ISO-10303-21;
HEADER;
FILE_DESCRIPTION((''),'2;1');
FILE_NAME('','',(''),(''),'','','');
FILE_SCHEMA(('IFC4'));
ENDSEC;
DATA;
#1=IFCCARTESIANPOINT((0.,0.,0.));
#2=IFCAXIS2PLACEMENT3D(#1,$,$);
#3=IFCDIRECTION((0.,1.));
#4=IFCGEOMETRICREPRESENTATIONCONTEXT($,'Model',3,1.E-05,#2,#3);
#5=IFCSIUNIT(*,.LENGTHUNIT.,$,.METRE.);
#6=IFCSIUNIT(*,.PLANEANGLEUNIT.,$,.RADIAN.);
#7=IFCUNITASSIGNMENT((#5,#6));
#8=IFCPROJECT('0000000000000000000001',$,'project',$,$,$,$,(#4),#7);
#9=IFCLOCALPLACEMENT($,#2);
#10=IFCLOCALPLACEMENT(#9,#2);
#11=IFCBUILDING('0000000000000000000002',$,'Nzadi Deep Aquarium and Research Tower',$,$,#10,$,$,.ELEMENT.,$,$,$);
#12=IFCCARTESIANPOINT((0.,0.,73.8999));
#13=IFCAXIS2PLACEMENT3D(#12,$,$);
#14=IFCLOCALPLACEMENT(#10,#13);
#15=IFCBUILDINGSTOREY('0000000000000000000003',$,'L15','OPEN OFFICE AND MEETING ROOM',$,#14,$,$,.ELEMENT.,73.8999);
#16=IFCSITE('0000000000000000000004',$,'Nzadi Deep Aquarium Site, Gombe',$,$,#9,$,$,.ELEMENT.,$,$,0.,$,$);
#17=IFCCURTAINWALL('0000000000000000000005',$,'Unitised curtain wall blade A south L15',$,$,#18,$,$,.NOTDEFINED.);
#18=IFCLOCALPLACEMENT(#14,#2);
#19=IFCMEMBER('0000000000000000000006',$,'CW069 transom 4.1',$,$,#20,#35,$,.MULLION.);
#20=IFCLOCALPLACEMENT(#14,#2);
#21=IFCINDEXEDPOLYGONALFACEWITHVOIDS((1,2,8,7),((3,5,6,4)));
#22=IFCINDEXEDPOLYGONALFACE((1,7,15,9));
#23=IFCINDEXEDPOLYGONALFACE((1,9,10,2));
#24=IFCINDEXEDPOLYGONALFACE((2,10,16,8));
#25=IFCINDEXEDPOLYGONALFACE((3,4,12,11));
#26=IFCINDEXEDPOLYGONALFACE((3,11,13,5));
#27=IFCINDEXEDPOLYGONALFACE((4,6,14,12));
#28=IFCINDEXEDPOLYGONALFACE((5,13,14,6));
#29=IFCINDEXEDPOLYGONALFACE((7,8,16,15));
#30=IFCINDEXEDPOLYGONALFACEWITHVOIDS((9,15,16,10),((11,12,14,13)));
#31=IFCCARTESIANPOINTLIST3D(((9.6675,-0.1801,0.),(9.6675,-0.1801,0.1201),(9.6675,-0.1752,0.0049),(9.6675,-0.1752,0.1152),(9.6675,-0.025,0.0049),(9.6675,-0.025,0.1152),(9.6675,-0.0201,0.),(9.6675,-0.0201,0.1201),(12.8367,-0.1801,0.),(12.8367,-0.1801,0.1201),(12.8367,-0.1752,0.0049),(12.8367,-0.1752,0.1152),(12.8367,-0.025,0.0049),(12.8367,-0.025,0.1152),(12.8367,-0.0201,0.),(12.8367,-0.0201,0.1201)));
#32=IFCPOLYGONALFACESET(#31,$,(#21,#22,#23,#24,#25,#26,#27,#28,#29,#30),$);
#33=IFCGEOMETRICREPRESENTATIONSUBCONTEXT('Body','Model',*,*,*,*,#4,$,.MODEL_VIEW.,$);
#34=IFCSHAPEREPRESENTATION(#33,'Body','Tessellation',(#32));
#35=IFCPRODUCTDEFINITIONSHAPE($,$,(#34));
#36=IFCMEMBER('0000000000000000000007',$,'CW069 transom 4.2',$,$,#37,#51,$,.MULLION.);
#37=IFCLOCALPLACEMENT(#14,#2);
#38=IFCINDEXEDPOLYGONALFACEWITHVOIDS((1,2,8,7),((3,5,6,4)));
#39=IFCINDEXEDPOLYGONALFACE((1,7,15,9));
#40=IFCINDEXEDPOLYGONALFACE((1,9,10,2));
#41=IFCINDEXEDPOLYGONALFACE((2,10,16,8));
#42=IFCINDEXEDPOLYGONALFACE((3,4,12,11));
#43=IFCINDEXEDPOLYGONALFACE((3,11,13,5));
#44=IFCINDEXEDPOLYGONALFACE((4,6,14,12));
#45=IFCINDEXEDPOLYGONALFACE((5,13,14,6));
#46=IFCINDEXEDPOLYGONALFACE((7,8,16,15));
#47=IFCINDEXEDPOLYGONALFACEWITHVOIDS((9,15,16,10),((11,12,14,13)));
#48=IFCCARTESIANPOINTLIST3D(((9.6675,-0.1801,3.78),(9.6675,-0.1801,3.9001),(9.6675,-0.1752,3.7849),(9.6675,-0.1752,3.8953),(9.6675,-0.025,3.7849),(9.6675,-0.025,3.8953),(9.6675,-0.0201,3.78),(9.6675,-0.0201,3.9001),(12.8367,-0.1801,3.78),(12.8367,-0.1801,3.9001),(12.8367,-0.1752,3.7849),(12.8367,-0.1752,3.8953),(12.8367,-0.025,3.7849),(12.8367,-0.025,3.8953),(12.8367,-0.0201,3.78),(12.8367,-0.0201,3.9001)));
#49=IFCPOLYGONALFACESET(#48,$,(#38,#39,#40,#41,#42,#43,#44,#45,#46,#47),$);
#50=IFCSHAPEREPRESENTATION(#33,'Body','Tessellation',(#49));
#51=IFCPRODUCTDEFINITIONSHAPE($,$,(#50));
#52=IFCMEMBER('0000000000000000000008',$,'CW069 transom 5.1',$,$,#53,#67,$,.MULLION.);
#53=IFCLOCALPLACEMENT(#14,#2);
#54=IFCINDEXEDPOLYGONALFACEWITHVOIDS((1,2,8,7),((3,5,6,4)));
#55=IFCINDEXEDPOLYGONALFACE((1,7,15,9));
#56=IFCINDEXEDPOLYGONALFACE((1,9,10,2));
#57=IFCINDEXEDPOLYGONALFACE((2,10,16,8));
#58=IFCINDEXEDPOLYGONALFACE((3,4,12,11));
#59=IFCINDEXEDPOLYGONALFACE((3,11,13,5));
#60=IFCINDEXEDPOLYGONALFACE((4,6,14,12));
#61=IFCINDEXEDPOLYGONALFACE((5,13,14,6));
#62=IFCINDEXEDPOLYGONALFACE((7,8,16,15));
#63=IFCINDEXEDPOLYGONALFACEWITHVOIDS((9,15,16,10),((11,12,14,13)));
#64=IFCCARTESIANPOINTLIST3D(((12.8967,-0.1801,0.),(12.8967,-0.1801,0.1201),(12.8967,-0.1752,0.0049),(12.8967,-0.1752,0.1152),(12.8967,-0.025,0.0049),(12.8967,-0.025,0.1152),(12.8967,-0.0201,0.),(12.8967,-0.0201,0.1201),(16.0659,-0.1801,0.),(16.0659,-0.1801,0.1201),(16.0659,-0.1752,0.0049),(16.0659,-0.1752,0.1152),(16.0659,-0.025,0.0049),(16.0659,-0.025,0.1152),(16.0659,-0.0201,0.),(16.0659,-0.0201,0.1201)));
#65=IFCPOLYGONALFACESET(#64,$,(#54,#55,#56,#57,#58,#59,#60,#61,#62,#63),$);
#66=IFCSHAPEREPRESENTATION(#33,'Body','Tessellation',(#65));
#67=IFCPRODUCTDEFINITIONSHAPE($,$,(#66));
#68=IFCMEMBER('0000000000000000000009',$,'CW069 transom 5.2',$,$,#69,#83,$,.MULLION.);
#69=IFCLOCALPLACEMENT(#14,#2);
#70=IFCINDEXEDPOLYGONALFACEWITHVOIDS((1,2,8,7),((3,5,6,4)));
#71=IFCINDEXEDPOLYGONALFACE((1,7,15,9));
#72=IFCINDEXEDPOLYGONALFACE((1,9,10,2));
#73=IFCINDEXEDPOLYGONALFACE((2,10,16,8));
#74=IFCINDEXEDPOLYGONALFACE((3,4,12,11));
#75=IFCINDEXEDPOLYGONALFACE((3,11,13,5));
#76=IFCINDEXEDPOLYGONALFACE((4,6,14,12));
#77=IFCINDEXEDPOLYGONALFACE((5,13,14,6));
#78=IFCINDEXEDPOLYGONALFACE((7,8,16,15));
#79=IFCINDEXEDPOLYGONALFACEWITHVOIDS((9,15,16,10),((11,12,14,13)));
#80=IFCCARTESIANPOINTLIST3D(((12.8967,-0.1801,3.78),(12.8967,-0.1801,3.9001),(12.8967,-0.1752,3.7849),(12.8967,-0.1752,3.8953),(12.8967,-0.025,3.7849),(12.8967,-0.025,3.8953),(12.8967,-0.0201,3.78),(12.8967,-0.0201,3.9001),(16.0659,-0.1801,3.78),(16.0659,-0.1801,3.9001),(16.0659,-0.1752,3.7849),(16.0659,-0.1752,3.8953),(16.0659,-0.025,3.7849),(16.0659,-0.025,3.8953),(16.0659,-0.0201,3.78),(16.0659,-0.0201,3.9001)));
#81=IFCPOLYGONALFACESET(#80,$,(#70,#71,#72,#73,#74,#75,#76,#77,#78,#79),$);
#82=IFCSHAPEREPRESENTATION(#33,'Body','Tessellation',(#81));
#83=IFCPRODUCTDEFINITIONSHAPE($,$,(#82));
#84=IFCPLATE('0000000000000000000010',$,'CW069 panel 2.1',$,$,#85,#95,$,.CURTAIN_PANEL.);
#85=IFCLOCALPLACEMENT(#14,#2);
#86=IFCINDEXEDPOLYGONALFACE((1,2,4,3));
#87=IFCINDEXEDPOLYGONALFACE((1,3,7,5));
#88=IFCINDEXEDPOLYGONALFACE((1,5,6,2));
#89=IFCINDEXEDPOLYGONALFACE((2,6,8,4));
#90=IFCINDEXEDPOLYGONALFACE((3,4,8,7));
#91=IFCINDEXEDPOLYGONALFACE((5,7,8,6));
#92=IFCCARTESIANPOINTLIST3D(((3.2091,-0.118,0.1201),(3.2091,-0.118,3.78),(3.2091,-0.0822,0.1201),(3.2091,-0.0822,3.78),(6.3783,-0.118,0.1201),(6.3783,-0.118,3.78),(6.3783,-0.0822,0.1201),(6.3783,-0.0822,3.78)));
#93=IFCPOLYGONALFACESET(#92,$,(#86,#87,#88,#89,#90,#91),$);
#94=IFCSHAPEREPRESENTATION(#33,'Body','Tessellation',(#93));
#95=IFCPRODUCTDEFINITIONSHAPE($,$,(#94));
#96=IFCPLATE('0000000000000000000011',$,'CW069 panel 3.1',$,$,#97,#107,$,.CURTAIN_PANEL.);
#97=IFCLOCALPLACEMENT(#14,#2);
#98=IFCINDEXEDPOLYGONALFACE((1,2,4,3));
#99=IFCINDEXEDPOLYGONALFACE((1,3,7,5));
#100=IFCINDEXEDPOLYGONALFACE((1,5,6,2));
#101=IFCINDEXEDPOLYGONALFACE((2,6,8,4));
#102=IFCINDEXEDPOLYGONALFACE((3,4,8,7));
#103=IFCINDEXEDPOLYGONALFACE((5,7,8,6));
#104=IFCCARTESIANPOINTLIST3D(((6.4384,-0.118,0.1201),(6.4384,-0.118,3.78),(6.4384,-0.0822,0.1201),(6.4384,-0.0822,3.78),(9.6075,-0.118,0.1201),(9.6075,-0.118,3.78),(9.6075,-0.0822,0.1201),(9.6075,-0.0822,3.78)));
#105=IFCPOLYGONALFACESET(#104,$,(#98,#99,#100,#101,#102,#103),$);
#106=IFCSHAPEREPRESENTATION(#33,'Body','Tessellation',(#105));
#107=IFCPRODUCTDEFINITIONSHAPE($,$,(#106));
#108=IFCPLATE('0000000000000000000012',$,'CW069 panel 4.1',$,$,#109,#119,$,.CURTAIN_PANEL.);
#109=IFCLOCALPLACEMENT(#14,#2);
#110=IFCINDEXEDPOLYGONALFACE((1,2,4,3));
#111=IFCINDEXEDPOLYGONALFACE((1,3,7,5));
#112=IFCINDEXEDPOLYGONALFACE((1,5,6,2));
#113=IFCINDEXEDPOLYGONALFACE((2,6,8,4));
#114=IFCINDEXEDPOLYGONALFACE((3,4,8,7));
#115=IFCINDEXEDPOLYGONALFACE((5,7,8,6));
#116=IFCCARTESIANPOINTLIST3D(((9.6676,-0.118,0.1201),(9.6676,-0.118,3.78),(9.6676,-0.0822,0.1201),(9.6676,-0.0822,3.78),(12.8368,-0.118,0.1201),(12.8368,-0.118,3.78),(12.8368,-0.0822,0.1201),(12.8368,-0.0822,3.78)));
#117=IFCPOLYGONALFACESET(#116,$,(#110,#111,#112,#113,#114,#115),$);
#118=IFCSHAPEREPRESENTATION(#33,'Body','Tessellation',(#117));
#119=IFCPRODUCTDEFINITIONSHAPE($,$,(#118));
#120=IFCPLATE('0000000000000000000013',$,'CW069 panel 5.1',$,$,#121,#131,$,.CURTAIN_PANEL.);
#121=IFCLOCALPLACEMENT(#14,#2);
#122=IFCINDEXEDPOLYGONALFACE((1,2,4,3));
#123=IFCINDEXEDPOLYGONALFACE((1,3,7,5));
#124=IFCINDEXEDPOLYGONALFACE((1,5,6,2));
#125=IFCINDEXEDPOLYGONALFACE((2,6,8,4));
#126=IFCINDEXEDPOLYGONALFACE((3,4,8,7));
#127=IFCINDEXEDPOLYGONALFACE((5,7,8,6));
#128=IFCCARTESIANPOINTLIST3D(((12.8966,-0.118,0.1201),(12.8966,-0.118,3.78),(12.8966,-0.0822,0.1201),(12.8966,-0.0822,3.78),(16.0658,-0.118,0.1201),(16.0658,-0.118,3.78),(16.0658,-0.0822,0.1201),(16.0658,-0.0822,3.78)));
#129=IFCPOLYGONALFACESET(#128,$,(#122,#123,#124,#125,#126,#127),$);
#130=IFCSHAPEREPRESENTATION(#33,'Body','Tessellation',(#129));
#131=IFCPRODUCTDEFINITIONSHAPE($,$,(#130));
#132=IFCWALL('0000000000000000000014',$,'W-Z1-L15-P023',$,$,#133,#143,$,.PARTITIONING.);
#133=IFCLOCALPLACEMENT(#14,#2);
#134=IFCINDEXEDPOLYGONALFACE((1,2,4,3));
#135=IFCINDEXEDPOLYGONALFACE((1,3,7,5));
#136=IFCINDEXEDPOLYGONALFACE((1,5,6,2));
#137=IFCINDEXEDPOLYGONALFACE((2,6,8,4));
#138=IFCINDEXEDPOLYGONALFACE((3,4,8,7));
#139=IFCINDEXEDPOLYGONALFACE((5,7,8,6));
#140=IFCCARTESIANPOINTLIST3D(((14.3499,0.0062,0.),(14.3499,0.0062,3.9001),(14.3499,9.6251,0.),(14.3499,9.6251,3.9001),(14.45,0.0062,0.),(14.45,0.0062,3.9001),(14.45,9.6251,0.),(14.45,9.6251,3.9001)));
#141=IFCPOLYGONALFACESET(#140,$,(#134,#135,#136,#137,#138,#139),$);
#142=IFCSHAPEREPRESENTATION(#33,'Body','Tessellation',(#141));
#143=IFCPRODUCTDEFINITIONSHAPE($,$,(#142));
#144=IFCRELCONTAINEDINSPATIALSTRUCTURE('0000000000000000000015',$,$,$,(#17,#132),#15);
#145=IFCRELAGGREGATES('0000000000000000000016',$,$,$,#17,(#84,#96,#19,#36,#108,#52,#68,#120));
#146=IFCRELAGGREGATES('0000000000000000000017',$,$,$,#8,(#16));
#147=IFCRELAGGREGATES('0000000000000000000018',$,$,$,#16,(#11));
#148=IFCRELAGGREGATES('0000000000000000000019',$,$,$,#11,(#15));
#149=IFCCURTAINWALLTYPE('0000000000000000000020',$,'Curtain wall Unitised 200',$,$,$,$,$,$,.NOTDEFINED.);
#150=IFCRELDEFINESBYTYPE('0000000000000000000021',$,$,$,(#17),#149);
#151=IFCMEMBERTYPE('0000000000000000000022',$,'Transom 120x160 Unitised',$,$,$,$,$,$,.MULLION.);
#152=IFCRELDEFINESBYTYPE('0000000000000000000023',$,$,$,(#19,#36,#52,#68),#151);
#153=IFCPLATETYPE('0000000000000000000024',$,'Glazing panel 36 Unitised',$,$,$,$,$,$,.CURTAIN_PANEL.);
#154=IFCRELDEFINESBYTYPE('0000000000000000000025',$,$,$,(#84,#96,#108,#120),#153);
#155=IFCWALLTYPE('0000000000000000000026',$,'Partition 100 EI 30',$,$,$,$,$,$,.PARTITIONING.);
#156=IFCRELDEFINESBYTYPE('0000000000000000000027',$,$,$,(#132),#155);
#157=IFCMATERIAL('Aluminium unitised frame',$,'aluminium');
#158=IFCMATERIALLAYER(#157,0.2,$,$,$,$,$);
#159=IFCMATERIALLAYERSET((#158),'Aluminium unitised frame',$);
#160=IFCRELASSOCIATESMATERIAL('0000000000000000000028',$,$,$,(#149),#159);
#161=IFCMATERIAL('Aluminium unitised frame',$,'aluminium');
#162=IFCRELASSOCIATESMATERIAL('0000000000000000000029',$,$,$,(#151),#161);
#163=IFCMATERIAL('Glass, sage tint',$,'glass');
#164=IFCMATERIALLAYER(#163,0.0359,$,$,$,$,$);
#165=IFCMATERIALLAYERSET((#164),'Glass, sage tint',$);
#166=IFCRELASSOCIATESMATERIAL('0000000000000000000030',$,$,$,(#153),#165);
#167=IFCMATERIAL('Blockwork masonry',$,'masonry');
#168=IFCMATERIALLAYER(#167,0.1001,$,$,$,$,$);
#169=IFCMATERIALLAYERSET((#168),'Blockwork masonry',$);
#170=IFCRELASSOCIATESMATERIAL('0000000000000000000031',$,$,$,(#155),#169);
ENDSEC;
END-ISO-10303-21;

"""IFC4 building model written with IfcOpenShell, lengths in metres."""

from ifc_helpers import new_model, si_unit, direction, frame, frame_2d, origin, origin_2d, place, context, subcontext, project, spatial, rectangle, hollow_rectangle, extrude, material, layer, layer_set, material_profile, profile_set, type_object, element, aggregate, save


model = new_model("IFC4")

# Units and contexts
model_context = context("Model", 3, precision=1e-05, world=origin(), true_north=direction((0.0, 1.0)))
body_context = subcontext(model_context, "Body", "Model", "MODEL_VIEW")
ifc_project = project(units=[si_unit("LENGTHUNIT", "METRE"), si_unit("PLANEANGLEUNIT", "RADIAN")], contexts=[model_context])

# Site, building, storey
site_placement = place(None, origin())
site = spatial("IfcSite", under=ifc_project, at=site_placement, Name="Nzadi Deep Aquarium Site, Gombe", CompositionType="ELEMENT", RefElevation=0.0)
building_placement = place(site_placement, origin())
building = spatial("IfcBuilding", under=site, at=building_placement, Name="Nzadi Deep Aquarium and Research Tower", CompositionType="ELEMENT")
storey_placement = place(building_placement, frame((0.0, 0.0, 73.8999)))
storey = spatial("IfcBuildingStorey", under=building, at=storey_placement, Name="L15", Description="OPEN OFFICE AND MEETING ROOM", CompositionType="ELEMENT", Elevation=73.8999)

# Curtain wall
ifc_material_1 = material(Name="Aluminium unitised frame", Category="aluminium")
ifc_layer_1 = layer(ifc_material_1, 0.2)
ifc_layer_set_1 = layer_set([ifc_layer_1], Name="Aluminium unitised frame")
curtain_wall_type = type_object("IfcCurtainWallType", Name="Curtain wall Unitised 200", PredefinedType="NOTDEFINED", material=ifc_layer_set_1)
curtain_wall_placement = place(storey_placement, origin())
curtain_wall = element("IfcCurtainWall", 1, at=curtain_wall_placement, inside=storey, type_object=curtain_wall_type, Name="Unitised curtain wall blade A south L15", PredefinedType="NOTDEFINED")

# Members
ifc_material_2 = material(Name="Aluminium unitised frame", Category="aluminium")
ifc_material_profile_1 = material_profile(ifc_material_2, hollow_rectangle(XDim=0.1599, YDim=0.1201, WallThickness=0.0049, at=origin_2d()))
ifc_profile_set_1 = profile_set([ifc_material_profile_1], Name="Aluminium unitised frame")
member_type_1 = type_object("IfcMemberType", Name="Transom 120x160 Unitised", PredefinedType="MULLION", material=ifc_profile_set_1)
member_1_placement = place(storey_placement, frame((9.6675, -0.1001, 0.0601), z_axis=(1.0, 0.0, 0.0), x_axis=(0.0, 1.0, 0.0)))
member_1 = element("IfcMember", 2, at=member_1_placement, type_object=member_type_1, Name="CW069 transom 4.1", PredefinedType="MULLION", context=body_context, shape_type="SweptSolid", body=[
    extrude(hollow_rectangle(XDim=0.1599, YDim=0.1201, WallThickness=0.0049, at=origin_2d()), origin(), (0.0, 0.0, 1.0), 3.1692),
])
member_2_placement = place(storey_placement, frame((9.6675, -0.1001, 3.8401), z_axis=(1.0, 0.0, 0.0), x_axis=(0.0, 1.0, 0.0)))
member_2 = element("IfcMember", 3, at=member_2_placement, type_object=member_type_1, Name="CW069 transom 4.2", PredefinedType="MULLION", context=body_context, shape_type="SweptSolid", body=[
    extrude(hollow_rectangle(XDim=0.1599, YDim=0.1201, WallThickness=0.0049, at=origin_2d()), origin(), (0.0, 0.0, 1.0), 3.1692),
])
member_3_placement = place(storey_placement, frame((12.8967, -0.1001, 0.0601), z_axis=(1.0, 0.0, 0.0), x_axis=(0.0, 1.0, 0.0)))
member_3 = element("IfcMember", 4, at=member_3_placement, type_object=member_type_1, Name="CW069 transom 5.1", PredefinedType="MULLION", context=body_context, shape_type="SweptSolid", body=[
    extrude(hollow_rectangle(XDim=0.1599, YDim=0.1201, WallThickness=0.0049, at=origin_2d()), origin(), (0.0, 0.0, 1.0), 3.1692),
])
member_4_placement = place(storey_placement, frame((12.8967, -0.1001, 3.8401), z_axis=(1.0, 0.0, 0.0), x_axis=(0.0, 1.0, 0.0)))
member_4 = element("IfcMember", 5, at=member_4_placement, type_object=member_type_1, Name="CW069 transom 5.2", PredefinedType="MULLION", context=body_context, shape_type="SweptSolid", body=[
    extrude(hollow_rectangle(XDim=0.1599, YDim=0.1201, WallThickness=0.0049, at=origin_2d()), origin(), (0.0, 0.0, 1.0), 3.1692),
])

# Plates
ifc_material_3 = material(Name="Glass, sage tint", Category="glass")
ifc_layer_2 = layer(ifc_material_3, 0.0359)
ifc_layer_set_2 = layer_set([ifc_layer_2], Name="Glass, sage tint")
plate_type = type_object("IfcPlateType", Name="Glazing panel 36 Unitised", PredefinedType="CURTAIN_PANEL", material=ifc_layer_set_2)
plate_1_placement = place(storey_placement, frame((4.7937, -0.1001, 0.1201), z_axis=(0.0, 0.0, 1.0), x_axis=(1.0, 0.0, 0.0)))
plate_1 = element("IfcPlate", 6, at=plate_1_placement, type_object=plate_type, Name="CW069 panel 2.1", PredefinedType="CURTAIN_PANEL", context=body_context, shape_type="SweptSolid", body=[
    extrude(rectangle(XDim=3.1692, YDim=0.0359, at=origin_2d()), origin(), (0.0, 0.0, 1.0), 3.6599),
])
plate_2_placement = place(storey_placement, frame((8.0229, -0.1001, 0.1201), z_axis=(0.0, 0.0, 1.0), x_axis=(1.0, 0.0, 0.0)))
plate_2 = element("IfcPlate", 7, at=plate_2_placement, type_object=plate_type, Name="CW069 panel 3.1", PredefinedType="CURTAIN_PANEL", context=body_context, shape_type="SweptSolid", body=[
    extrude(rectangle(XDim=3.1692, YDim=0.0359, at=origin_2d()), origin(), (0.0, 0.0, 1.0), 3.6599),
])
plate_3_placement = place(storey_placement, frame((11.2522, -0.1001, 0.1201), z_axis=(0.0, 0.0, 1.0), x_axis=(1.0, 0.0, 0.0)))
plate_3 = element("IfcPlate", 8, at=plate_3_placement, type_object=plate_type, Name="CW069 panel 4.1", PredefinedType="CURTAIN_PANEL", context=body_context, shape_type="SweptSolid", body=[
    extrude(rectangle(XDim=3.1692, YDim=0.0359, at=origin_2d()), origin(), (0.0, 0.0, 1.0), 3.6599),
])
plate_4_placement = place(storey_placement, frame((14.4812, -0.1001, 0.1201), z_axis=(0.0, 0.0, 1.0), x_axis=(1.0, 0.0, 0.0)))
plate_4 = element("IfcPlate", 9, at=plate_4_placement, type_object=plate_type, Name="CW069 panel 5.1", PredefinedType="CURTAIN_PANEL", context=body_context, shape_type="SweptSolid", body=[
    extrude(rectangle(XDim=3.1692, YDim=0.0359, at=origin_2d()), origin(), (0.0, 0.0, 1.0), 3.6599),
])
aggregate(curtain_wall, [plate_1, plate_2, member_1, member_2, plate_3, member_3, member_4, plate_4])

# Wall
ifc_material_4 = material(Name="Blockwork masonry", Category="masonry")
ifc_layer_3 = layer(ifc_material_4, 0.1001)
ifc_layer_set_3 = layer_set([ifc_layer_3], Name="Blockwork masonry")
wall_type_1 = type_object("IfcWallType", Name="Partition 100 EI 30", PredefinedType="PARTITIONING", material=ifc_layer_set_3)
wall_1_placement = place(storey_placement, frame((14.3999, 0.0061, 0.0), z_axis=(0.0, 0.0, 1.0), x_axis=(0.0, 1.0, 0.0)))
element("IfcWall", 10, at=wall_1_placement, inside=storey, type_object=wall_type_1, Name="W-Z1-L15-P023", PredefinedType="PARTITIONING", context=body_context, shape_type="SweptSolid", body=[
    extrude(rectangle(XDim=9.6189, YDim=0.1001, at=frame_2d((4.8096, 0.0))), origin(), (0.0, 0.0, 1.0), 3.9001),
])

save(model, "model.ifc")
